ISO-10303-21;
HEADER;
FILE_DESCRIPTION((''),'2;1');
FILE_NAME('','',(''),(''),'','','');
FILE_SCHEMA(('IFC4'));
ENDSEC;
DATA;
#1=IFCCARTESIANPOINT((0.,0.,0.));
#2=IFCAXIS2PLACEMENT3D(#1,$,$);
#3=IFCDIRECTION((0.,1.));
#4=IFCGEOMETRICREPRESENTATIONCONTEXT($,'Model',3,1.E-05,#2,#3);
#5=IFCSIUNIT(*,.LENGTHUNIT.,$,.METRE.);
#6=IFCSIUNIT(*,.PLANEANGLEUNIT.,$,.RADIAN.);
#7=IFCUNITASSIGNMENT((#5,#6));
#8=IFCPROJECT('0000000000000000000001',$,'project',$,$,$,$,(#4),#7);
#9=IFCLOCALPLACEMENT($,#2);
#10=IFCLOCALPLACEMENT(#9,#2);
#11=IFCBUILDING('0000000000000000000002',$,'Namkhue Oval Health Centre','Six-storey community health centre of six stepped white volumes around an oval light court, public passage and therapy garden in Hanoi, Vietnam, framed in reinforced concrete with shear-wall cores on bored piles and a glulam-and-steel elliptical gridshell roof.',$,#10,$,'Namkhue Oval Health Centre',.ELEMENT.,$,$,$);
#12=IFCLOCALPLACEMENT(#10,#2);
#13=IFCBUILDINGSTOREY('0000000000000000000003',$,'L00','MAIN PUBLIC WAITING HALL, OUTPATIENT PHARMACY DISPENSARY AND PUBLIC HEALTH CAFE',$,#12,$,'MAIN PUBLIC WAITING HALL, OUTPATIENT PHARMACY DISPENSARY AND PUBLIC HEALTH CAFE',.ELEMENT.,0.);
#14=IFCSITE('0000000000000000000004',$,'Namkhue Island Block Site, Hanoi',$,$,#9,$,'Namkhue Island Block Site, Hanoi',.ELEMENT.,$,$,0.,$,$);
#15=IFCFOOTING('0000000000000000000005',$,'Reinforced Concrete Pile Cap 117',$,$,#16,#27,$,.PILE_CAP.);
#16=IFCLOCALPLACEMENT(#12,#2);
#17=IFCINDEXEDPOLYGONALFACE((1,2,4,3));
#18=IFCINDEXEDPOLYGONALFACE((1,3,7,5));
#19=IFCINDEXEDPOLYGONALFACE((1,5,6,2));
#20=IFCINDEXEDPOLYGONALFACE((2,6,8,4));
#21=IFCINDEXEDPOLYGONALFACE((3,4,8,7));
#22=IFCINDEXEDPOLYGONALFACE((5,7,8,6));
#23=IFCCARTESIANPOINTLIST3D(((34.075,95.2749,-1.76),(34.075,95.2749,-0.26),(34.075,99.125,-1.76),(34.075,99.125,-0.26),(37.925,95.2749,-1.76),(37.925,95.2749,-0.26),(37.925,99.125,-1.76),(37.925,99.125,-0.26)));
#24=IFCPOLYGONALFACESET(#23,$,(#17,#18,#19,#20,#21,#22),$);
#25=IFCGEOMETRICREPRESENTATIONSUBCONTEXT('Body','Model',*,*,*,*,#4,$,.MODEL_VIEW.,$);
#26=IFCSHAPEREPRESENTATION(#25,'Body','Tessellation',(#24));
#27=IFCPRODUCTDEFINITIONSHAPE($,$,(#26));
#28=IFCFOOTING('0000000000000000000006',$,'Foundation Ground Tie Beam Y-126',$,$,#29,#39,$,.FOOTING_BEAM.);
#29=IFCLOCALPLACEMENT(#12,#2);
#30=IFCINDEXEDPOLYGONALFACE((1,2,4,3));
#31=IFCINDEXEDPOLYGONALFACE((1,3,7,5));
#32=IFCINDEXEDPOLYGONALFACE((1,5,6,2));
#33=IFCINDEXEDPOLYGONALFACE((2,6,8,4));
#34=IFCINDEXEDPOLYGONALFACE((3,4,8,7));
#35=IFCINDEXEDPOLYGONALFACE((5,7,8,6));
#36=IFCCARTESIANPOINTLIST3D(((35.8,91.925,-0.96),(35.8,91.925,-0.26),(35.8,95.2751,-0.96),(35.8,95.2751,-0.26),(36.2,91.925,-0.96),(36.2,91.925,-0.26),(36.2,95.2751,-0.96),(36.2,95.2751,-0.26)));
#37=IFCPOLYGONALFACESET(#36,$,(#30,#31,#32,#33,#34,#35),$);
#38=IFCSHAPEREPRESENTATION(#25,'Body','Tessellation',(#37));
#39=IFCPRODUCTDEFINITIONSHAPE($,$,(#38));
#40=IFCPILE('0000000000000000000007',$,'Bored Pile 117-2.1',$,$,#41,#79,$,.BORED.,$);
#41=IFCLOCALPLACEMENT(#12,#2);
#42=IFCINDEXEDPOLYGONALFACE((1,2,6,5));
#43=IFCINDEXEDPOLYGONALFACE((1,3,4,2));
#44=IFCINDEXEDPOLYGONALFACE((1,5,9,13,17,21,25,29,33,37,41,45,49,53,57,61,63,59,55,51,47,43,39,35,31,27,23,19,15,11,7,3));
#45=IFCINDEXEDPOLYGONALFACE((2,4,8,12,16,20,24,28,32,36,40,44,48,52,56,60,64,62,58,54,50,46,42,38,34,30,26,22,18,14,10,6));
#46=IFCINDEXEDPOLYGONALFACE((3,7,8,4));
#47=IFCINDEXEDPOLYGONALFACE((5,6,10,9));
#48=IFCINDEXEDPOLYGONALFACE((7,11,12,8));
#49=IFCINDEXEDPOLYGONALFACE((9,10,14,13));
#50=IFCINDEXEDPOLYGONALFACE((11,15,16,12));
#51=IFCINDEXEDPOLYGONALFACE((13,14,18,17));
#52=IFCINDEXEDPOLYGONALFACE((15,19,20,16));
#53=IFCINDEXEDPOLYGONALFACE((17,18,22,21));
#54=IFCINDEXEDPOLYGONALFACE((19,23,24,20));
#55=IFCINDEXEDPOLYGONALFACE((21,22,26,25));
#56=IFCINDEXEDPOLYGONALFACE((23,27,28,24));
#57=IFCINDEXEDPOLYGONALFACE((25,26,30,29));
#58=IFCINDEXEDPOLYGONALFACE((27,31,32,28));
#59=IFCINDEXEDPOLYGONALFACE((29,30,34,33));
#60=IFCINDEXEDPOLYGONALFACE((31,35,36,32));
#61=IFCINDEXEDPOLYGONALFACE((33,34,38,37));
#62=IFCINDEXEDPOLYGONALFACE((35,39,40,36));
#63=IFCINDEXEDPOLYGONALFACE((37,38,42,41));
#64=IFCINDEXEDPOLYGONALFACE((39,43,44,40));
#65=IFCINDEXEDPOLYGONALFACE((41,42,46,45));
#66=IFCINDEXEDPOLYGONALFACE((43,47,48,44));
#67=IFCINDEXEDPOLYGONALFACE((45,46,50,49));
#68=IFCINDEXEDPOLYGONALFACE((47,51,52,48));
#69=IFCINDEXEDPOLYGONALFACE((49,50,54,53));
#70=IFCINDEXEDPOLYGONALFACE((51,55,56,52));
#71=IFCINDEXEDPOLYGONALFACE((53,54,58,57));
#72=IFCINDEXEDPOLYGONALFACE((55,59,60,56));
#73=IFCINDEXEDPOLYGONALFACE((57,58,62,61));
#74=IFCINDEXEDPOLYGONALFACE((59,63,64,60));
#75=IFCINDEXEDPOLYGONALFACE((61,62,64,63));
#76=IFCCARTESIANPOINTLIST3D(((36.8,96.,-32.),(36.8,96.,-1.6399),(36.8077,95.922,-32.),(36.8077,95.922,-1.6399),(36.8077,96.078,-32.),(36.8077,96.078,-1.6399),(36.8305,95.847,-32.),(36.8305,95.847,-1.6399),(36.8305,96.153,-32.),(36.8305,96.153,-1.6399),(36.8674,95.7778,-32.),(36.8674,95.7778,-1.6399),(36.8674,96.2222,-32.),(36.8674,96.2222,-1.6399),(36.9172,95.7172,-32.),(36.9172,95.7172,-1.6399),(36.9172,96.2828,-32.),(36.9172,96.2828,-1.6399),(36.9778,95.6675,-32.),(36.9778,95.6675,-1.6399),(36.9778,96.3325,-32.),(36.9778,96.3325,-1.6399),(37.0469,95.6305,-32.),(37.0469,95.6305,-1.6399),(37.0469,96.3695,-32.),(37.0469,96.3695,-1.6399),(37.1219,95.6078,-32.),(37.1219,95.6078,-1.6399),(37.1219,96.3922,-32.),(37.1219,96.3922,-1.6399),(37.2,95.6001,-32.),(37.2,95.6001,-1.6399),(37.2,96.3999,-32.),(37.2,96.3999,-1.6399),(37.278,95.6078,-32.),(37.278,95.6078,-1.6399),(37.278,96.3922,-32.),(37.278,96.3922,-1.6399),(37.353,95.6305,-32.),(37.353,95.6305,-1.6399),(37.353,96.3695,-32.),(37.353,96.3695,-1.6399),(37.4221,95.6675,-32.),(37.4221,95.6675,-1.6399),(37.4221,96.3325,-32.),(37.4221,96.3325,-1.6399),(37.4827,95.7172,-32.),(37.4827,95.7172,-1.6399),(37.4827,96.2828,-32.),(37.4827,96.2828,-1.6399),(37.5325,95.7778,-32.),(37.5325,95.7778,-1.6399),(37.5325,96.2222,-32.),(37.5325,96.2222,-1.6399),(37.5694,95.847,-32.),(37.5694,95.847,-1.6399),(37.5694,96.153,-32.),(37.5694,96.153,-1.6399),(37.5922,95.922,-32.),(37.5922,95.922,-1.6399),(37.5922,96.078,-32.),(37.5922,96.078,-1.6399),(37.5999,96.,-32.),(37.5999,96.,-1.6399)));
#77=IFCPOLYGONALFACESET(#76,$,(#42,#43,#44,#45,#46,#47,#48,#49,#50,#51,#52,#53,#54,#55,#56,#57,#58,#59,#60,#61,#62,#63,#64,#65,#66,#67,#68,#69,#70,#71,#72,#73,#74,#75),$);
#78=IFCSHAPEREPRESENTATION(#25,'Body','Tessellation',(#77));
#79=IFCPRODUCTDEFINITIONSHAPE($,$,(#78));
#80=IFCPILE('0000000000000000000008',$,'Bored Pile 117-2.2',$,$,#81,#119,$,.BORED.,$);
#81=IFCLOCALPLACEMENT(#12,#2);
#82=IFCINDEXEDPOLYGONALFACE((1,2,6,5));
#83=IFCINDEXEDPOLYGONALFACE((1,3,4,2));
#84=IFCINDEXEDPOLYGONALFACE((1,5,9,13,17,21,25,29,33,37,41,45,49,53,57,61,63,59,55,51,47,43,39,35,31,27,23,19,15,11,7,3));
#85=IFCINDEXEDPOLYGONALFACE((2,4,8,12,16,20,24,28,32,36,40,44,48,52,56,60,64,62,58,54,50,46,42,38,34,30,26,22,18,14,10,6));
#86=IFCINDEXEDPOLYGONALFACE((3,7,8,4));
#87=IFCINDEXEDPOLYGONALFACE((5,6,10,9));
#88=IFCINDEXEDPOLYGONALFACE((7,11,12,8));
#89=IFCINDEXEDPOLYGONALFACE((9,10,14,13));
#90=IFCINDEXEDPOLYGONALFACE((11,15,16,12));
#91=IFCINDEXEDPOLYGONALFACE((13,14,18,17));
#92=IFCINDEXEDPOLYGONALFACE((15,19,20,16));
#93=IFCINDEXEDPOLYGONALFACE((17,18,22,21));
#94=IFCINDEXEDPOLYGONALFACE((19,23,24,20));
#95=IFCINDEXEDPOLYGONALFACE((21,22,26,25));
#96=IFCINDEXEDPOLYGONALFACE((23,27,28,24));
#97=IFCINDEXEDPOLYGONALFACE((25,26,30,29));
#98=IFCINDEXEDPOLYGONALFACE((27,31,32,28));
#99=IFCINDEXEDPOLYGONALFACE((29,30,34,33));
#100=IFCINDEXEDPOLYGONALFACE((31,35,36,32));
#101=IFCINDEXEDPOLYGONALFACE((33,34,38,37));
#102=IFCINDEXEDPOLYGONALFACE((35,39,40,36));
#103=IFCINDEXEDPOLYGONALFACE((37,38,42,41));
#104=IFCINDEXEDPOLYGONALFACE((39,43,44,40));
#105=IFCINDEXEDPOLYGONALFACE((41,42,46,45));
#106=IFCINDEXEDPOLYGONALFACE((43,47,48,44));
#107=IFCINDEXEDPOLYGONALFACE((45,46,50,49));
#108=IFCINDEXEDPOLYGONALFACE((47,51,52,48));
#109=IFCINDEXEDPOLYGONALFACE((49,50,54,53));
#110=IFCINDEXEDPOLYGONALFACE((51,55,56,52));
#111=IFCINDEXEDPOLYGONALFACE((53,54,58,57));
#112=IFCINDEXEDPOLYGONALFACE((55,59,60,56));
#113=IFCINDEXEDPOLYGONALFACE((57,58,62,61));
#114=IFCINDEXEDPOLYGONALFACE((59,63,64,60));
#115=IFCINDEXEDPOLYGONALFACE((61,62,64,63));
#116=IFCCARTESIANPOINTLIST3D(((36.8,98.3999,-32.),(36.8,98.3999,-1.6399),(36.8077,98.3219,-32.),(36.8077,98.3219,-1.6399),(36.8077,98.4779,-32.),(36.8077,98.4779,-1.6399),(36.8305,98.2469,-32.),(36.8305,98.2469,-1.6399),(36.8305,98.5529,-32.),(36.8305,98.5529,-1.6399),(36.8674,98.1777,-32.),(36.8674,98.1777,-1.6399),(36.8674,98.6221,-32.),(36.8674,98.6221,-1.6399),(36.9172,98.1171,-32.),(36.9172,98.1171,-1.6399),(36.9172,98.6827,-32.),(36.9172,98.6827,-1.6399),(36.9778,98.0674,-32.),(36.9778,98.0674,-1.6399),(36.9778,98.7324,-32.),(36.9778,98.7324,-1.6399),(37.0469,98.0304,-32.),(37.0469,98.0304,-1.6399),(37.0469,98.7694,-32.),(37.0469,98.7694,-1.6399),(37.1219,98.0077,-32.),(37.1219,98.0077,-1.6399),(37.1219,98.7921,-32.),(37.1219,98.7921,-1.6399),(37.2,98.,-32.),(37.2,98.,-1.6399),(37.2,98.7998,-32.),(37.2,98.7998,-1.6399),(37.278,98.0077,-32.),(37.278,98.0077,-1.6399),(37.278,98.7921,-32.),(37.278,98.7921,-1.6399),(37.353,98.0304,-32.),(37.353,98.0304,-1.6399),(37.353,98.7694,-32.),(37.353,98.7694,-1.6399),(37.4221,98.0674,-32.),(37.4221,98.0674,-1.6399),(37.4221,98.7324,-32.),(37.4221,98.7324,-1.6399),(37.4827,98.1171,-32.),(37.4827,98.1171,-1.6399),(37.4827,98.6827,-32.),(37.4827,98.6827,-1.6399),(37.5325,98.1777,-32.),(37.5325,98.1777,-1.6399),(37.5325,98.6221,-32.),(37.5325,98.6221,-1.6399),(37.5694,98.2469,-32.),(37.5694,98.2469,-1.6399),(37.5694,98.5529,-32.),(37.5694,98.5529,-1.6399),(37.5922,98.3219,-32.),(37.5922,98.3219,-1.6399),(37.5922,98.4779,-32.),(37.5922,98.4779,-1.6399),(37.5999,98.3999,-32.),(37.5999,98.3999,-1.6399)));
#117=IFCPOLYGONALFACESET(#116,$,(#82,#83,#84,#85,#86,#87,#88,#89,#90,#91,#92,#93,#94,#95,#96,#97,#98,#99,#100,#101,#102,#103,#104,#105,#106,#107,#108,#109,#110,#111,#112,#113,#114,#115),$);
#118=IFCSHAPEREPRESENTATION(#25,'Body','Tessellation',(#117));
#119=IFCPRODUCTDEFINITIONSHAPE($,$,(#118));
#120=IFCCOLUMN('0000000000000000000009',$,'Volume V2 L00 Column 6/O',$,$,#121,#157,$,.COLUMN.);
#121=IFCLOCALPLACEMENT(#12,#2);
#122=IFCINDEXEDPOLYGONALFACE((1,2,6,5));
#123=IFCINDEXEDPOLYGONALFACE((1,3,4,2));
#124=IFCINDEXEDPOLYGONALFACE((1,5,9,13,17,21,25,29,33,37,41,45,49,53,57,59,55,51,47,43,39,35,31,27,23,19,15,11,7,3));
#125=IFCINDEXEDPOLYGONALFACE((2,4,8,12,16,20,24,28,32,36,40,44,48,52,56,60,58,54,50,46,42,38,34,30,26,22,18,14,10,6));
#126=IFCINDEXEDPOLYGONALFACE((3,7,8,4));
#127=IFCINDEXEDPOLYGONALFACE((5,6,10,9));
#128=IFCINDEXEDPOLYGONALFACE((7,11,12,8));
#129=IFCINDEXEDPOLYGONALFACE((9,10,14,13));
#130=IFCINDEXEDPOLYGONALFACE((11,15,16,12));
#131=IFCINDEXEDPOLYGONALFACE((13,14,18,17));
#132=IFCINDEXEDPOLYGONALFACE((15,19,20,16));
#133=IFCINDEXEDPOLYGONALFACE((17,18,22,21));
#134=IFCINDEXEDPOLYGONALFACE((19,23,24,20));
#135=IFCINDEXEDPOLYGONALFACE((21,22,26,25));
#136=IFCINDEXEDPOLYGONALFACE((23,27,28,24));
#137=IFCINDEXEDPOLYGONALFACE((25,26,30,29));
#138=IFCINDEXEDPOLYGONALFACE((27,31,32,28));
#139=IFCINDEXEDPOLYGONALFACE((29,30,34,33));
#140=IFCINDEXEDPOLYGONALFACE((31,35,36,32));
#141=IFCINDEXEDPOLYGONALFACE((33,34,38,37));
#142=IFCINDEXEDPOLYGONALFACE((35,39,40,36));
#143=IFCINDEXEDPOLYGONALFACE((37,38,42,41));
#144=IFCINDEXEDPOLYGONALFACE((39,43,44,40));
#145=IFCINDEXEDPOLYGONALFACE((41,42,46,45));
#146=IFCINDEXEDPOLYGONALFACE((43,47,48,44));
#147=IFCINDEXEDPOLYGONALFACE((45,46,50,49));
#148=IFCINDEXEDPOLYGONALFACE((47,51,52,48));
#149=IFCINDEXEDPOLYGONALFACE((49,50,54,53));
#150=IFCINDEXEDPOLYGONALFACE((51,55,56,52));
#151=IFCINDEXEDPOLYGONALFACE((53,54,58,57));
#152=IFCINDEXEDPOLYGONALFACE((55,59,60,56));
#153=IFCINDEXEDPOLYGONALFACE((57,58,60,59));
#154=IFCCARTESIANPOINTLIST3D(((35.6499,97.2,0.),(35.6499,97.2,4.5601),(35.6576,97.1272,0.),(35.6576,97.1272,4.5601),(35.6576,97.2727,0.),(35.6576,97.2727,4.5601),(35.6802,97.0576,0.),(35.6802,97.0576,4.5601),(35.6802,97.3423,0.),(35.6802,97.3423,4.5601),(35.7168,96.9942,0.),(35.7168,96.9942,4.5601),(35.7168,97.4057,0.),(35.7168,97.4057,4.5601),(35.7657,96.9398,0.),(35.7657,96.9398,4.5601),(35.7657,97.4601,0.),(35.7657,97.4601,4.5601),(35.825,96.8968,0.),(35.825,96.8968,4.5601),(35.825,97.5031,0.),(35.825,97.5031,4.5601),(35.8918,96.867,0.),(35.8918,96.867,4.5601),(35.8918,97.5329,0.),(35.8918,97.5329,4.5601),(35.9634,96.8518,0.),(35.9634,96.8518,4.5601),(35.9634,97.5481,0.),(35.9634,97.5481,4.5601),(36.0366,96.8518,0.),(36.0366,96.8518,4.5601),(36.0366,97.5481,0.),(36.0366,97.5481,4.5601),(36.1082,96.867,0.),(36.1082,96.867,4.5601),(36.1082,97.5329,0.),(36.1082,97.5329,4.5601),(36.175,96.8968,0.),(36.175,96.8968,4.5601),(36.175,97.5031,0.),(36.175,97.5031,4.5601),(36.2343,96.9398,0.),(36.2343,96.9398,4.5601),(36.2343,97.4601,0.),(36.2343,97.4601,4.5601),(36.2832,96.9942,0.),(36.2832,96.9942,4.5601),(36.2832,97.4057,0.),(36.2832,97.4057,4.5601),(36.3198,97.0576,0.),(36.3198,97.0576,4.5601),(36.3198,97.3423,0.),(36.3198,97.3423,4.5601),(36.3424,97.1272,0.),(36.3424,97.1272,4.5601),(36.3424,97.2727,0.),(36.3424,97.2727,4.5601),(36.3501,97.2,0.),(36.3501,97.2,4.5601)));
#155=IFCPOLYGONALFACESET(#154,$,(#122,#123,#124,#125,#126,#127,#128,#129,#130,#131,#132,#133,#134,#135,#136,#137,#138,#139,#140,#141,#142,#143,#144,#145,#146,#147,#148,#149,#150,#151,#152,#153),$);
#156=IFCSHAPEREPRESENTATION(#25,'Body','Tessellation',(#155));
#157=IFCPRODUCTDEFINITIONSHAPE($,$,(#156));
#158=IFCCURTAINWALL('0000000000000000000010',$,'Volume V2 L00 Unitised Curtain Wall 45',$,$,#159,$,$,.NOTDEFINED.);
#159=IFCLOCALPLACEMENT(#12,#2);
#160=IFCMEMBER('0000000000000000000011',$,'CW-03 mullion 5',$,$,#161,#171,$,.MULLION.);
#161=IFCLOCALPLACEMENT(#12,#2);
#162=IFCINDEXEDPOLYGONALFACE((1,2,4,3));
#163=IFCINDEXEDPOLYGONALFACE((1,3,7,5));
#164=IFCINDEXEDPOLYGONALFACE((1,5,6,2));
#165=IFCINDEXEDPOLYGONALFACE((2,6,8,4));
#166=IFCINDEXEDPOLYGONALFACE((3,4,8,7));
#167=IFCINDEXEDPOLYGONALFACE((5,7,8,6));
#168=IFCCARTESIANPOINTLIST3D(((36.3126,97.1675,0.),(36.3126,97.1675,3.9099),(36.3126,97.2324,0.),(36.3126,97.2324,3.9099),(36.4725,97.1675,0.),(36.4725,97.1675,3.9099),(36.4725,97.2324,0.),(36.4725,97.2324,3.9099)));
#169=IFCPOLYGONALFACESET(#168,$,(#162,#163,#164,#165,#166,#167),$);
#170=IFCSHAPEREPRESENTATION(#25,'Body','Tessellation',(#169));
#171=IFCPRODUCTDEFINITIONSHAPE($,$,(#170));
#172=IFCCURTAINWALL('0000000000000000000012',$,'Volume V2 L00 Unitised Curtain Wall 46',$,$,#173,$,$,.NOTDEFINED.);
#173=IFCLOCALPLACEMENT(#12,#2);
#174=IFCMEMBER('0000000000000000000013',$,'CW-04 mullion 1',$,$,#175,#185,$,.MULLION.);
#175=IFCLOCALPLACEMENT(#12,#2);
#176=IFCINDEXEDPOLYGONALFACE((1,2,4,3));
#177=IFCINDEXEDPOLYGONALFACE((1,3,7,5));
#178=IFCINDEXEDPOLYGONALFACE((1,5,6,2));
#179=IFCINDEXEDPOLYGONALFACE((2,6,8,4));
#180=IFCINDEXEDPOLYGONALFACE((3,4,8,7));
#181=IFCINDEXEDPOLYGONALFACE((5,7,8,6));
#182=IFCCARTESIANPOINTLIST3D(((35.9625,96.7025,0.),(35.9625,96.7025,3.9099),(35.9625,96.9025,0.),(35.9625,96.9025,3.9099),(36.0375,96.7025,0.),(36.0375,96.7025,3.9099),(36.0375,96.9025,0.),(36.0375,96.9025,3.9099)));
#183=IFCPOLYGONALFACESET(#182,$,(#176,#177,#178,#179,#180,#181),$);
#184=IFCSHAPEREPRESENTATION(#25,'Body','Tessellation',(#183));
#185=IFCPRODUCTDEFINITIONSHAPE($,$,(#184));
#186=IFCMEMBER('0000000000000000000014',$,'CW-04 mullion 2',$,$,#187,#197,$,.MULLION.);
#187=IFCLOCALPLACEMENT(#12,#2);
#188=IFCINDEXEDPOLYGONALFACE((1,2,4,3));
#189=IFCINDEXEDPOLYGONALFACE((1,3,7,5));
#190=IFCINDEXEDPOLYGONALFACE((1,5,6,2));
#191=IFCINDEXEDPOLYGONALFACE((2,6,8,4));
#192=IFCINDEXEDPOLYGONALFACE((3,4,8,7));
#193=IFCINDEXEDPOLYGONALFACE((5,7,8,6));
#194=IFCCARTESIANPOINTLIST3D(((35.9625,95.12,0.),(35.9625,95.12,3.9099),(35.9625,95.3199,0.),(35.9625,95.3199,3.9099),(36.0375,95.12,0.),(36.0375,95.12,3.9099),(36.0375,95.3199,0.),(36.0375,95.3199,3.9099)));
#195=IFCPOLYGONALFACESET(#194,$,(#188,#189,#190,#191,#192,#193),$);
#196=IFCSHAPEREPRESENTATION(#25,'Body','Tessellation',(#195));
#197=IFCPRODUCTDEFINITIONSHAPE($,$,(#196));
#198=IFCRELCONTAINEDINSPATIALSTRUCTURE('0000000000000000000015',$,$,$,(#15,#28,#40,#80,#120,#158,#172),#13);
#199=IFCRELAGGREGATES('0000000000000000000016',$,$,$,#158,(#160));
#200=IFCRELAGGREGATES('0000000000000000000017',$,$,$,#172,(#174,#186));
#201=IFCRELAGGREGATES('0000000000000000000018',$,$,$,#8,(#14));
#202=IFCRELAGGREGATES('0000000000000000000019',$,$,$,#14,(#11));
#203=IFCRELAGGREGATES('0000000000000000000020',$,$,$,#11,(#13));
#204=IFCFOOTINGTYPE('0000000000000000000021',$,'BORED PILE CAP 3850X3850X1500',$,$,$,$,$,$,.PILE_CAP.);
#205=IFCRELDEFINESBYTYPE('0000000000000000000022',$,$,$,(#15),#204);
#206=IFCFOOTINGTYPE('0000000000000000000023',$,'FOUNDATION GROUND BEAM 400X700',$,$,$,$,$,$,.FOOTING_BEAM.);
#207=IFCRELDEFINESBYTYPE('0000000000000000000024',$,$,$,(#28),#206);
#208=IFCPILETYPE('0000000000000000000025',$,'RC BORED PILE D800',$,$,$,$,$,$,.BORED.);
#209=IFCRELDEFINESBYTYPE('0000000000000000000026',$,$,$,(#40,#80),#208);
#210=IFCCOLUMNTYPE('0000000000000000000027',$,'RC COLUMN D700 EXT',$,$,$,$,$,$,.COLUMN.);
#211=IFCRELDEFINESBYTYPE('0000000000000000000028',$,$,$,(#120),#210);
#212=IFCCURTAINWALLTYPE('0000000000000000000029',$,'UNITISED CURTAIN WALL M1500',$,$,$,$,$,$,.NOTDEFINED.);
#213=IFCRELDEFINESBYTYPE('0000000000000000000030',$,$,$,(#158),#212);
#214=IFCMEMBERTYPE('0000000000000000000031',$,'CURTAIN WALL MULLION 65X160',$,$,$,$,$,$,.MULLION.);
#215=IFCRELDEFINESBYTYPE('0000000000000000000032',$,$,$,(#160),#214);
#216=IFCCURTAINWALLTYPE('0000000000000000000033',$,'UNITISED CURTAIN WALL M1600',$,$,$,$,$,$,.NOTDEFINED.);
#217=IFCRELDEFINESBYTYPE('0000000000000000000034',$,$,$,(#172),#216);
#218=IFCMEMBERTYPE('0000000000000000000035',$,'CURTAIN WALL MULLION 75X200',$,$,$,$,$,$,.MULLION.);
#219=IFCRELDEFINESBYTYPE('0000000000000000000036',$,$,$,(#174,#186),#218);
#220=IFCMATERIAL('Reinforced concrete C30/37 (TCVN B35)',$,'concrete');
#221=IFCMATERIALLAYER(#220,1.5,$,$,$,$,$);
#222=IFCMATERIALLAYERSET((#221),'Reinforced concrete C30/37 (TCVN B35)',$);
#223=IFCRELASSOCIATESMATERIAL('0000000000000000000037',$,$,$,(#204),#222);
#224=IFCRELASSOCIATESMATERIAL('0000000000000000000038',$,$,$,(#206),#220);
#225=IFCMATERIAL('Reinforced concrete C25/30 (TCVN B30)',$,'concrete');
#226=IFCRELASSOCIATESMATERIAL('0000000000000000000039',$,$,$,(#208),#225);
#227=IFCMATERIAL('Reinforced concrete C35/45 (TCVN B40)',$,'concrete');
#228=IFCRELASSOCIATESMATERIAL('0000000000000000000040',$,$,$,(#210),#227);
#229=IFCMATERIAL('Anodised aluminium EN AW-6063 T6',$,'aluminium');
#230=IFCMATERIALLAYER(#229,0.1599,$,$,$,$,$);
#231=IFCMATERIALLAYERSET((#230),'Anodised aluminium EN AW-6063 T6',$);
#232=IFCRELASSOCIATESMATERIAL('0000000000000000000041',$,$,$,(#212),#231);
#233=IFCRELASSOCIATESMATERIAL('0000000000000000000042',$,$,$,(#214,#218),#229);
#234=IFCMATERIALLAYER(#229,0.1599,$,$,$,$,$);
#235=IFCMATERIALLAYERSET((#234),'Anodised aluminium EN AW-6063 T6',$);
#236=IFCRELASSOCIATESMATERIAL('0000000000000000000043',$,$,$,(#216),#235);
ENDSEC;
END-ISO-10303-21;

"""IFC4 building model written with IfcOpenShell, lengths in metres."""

from ifc_helpers import new_model, si_unit, direction, frame, origin, origin_2d, place, context, subcontext, project, spatial, rectangle, circle, extrude, material, layer, layer_set, material_profile, profile_set, type_object, element, aggregate, save


model = new_model("IFC4")

# Units and contexts
model_context = context("Model", 3, precision=1e-05, world=origin(), true_north=direction((0.0, 1.0)))
body_context = subcontext(model_context, "Body", "Model", "MODEL_VIEW")
ifc_project = project(units=[si_unit("LENGTHUNIT", "METRE"), si_unit("PLANEANGLEUNIT", "RADIAN")], contexts=[model_context])

# Site, building, storey
site_placement = place(None, origin())
site = spatial("IfcSite", under=ifc_project, at=site_placement, Name="Namkhue Island Block Site, Hanoi", LongName="Namkhue Island Block Site, Hanoi", CompositionType="ELEMENT", RefElevation=0.0)
building_placement = place(site_placement, origin())
building = spatial("IfcBuilding", under=site, at=building_placement, Name="Namkhue Oval Health Centre", Description="Six-storey community health centre of six stepped white volumes around an oval light court, public passage and therapy garden in Hanoi, Vietnam, framed in reinforced concrete with shear-wall cores on bored piles and a glulam-and-steel elliptical gridshell roof.", LongName="Namkhue Oval Health Centre", CompositionType="ELEMENT")
storey_placement = place(building_placement, origin())
storey = spatial("IfcBuildingStorey", under=building, at=storey_placement, Name="L00", Description="MAIN PUBLIC WAITING HALL, OUTPATIENT PHARMACY DISPENSARY AND PUBLIC HEALTH CAFE", LongName="MAIN PUBLIC WAITING HALL, OUTPATIENT PHARMACY DISPENSARY AND PUBLIC HEALTH CAFE", CompositionType="ELEMENT", Elevation=0.0)

# Footings
ifc_material_1 = material(Name="Reinforced concrete C30/37 (TCVN B35)", Category="concrete")
ifc_layer_1 = layer(ifc_material_1, 1.5)
ifc_layer_set_1 = layer_set([ifc_layer_1], Name="Reinforced concrete C30/37 (TCVN B35)")
footing_type_1 = type_object("IfcFootingType", Name="BORED PILE CAP 3850X3850X1500", PredefinedType="PILE_CAP", material=ifc_layer_set_1)
footing_1_placement = place(storey_placement, frame((36.0, 97.2, -1.76), z_axis=(0.0, 0.0, 1.0), x_axis=(1.0, 0.0, 0.0)))
element("IfcFooting", 1, at=footing_1_placement, inside=storey, type_object=footing_type_1, Name="Reinforced Concrete Pile Cap 117", PredefinedType="PILE_CAP", context=body_context, shape_type="SweptSolid", body=[
    extrude(rectangle(XDim=3.8501, YDim=3.8501, at=origin_2d()), origin(), (0.0, 0.0, 1.0), 1.5),
])
footing_type_2 = type_object("IfcFootingType", Name="FOUNDATION GROUND BEAM 400X700", PredefinedType="FOOTING_BEAM", material=ifc_material_1)
footing_2_placement = place(storey_placement, frame((36.0, 93.6001, -0.96), z_axis=(0.0, 0.0, 1.0), x_axis=(0.0, 1.0, 0.0)))
element("IfcFooting", 2, at=footing_2_placement, inside=storey, type_object=footing_type_2, Name="Foundation Ground Tie Beam Y-126", PredefinedType="FOOTING_BEAM", context=body_context, shape_type="SweptSolid", body=[
    extrude(rectangle(XDim=3.3501, YDim=0.3999, at=origin_2d()), origin(), (0.0, 0.0, 1.0), 0.7),
])

# Piles
ifc_material_2 = material(Name="Reinforced concrete C25/30 (TCVN B30)", Category="concrete")
ifc_material_profile_1 = material_profile(ifc_material_2, circle(Radius=0.3999, at=origin_2d()), Name="BORED PILE D800")
ifc_profile_set_1 = profile_set([ifc_material_profile_1], Name="Reinforced concrete C25/30 (TCVN B30)")
pile_type = type_object("IfcPileType", Name="RC BORED PILE D800", PredefinedType="BORED", material=ifc_profile_set_1)
for number, where, z_axis, x_axis, name in (
    (3, (37.2, 96.0, -1.6399), (0.0, 0.0, -1.0), (1.0, 0.0, 0.0), "Bored Pile 117-2.1"),
    (4, (37.2, 98.3999, -1.6399), (0.0, 0.0, -1.0), (1.0, 0.0, 0.0), "Bored Pile 117-2.2"),
):
    element("IfcPile", number, at=place(storey_placement, frame(where, z_axis=z_axis, x_axis=x_axis)), inside=storey, type_object=pile_type, Name=name, PredefinedType="BORED", context=body_context, shape_type="SweptSolid", body=[
        extrude(circle(Radius=0.3999, at=origin_2d()), origin(), (0.0, 0.0, 1.0), 30.3601),
    ])

# Column
ifc_material_3 = material(Name="Reinforced concrete C35/45 (TCVN B40)", Category="concrete")
ifc_material_profile_2 = material_profile(ifc_material_3, circle(Radius=0.3501, at=origin_2d()), Name="RC D700")
ifc_profile_set_2 = profile_set([ifc_material_profile_2], Name="Reinforced concrete C35/45 (TCVN B40)")
column_type = type_object("IfcColumnType", Name="RC COLUMN D700 EXT", PredefinedType="COLUMN", material=ifc_profile_set_2)
column_placement = place(storey_placement, frame((36.0, 97.2, 0.0), z_axis=(0.0, 0.0, 1.0), x_axis=(1.0, 0.0, 0.0)))
element("IfcColumn", 5, at=column_placement, inside=storey, type_object=column_type, Name="Volume V2 L00 Column 6/O", PredefinedType="COLUMN", context=body_context, shape_type="SweptSolid", body=[
    extrude(circle(Radius=0.3501, at=origin_2d()), origin(), (0.0, 0.0, 1.0), 4.5601),
])

# Curtain wall, member
ifc_material_4 = material(Name="Anodised aluminium EN AW-6063 T6", Category="aluminium")
ifc_layer_2 = layer(ifc_material_4, 0.1599)
ifc_layer_set_2 = layer_set([ifc_layer_2], Name="Anodised aluminium EN AW-6063 T6")
curtain_wall_type_1 = type_object("IfcCurtainWallType", Name="UNITISED CURTAIN WALL M1500", PredefinedType="NOTDEFINED", material=ifc_layer_set_2)
curtain_wall_1_placement = place(storey_placement, origin())
curtain_wall_1 = element("IfcCurtainWall", 6, at=curtain_wall_1_placement, inside=storey, type_object=curtain_wall_type_1, Name="Volume V2 L00 Unitised Curtain Wall 45", PredefinedType="NOTDEFINED")
ifc_material_profile_3 = material_profile(ifc_material_4, rectangle(XDim=0.0649, YDim=0.1599, at=origin_2d()), Name="ALU 65x160")
ifc_profile_set_3 = profile_set([ifc_material_profile_3], Name="Anodised aluminium EN AW-6063 T6")
member_type_1 = type_object("IfcMemberType", Name="CURTAIN WALL MULLION 65X160", PredefinedType="MULLION", material=ifc_profile_set_3)
member_1_placement = place(storey_placement, frame((36.3926, 97.2, 0.0), z_axis=(0.0, 0.0, 1.0), x_axis=(0.0, -1.0, 0.0)))
member_1 = element("IfcMember", 7, at=member_1_placement, type_object=member_type_1, Name="CW-03 mullion 5", PredefinedType="MULLION", context=body_context, shape_type="SweptSolid", body=[
    extrude(rectangle(XDim=0.0649, YDim=0.1599, at=origin_2d()), origin(), (0.0, 0.0, 1.0), 3.9099),
])

# Curtain wall, members
ifc_layer_3 = layer(ifc_material_4, 0.1599)
ifc_layer_set_3 = layer_set([ifc_layer_3], Name="Anodised aluminium EN AW-6063 T6")
curtain_wall_type_2 = type_object("IfcCurtainWallType", Name="UNITISED CURTAIN WALL M1600", PredefinedType="NOTDEFINED", material=ifc_layer_set_3)
curtain_wall_2_placement = place(storey_placement, origin())
curtain_wall_2 = element("IfcCurtainWall", 8, at=curtain_wall_2_placement, inside=storey, type_object=curtain_wall_type_2, Name="Volume V2 L00 Unitised Curtain Wall 46", PredefinedType="NOTDEFINED")
ifc_material_profile_4 = material_profile(ifc_material_4, rectangle(XDim=0.075, YDim=0.2, at=origin_2d()), Name="ALU 75x200")
ifc_profile_set_4 = profile_set([ifc_material_profile_4], Name="Anodised aluminium EN AW-6063 T6")
member_type_2 = type_object("IfcMemberType", Name="CURTAIN WALL MULLION 75X200", PredefinedType="MULLION", material=ifc_profile_set_4)
member_2_placement = place(storey_placement, frame((36.0, 96.8025, 0.0), z_axis=(0.0, 0.0, 1.0), x_axis=(1.0, 0.0, 0.0)))
member_2 = element("IfcMember", 9, at=member_2_placement, type_object=member_type_2, Name="CW-04 mullion 1", PredefinedType="MULLION", context=body_context, shape_type="SweptSolid", body=[
    extrude(rectangle(XDim=0.075, YDim=0.2, at=origin_2d()), origin(), (0.0, 0.0, 1.0), 3.9099),
])
member_3_placement = place(storey_placement, frame((36.0, 95.22, 0.0), z_axis=(0.0, 0.0, 1.0), x_axis=(1.0, 0.0, 0.0)))
member_3 = element("IfcMember", 10, at=member_3_placement, type_object=member_type_2, Name="CW-04 mullion 2", PredefinedType="MULLION", context=body_context, shape_type="SweptSolid", body=[
    extrude(rectangle(XDim=0.075, YDim=0.2, at=origin_2d()), origin(), (0.0, 0.0, 1.0), 3.9099),
])

aggregate(curtain_wall_1, [member_1])
aggregate(curtain_wall_2, [member_2, member_3])

save(model, "model.ifc")
